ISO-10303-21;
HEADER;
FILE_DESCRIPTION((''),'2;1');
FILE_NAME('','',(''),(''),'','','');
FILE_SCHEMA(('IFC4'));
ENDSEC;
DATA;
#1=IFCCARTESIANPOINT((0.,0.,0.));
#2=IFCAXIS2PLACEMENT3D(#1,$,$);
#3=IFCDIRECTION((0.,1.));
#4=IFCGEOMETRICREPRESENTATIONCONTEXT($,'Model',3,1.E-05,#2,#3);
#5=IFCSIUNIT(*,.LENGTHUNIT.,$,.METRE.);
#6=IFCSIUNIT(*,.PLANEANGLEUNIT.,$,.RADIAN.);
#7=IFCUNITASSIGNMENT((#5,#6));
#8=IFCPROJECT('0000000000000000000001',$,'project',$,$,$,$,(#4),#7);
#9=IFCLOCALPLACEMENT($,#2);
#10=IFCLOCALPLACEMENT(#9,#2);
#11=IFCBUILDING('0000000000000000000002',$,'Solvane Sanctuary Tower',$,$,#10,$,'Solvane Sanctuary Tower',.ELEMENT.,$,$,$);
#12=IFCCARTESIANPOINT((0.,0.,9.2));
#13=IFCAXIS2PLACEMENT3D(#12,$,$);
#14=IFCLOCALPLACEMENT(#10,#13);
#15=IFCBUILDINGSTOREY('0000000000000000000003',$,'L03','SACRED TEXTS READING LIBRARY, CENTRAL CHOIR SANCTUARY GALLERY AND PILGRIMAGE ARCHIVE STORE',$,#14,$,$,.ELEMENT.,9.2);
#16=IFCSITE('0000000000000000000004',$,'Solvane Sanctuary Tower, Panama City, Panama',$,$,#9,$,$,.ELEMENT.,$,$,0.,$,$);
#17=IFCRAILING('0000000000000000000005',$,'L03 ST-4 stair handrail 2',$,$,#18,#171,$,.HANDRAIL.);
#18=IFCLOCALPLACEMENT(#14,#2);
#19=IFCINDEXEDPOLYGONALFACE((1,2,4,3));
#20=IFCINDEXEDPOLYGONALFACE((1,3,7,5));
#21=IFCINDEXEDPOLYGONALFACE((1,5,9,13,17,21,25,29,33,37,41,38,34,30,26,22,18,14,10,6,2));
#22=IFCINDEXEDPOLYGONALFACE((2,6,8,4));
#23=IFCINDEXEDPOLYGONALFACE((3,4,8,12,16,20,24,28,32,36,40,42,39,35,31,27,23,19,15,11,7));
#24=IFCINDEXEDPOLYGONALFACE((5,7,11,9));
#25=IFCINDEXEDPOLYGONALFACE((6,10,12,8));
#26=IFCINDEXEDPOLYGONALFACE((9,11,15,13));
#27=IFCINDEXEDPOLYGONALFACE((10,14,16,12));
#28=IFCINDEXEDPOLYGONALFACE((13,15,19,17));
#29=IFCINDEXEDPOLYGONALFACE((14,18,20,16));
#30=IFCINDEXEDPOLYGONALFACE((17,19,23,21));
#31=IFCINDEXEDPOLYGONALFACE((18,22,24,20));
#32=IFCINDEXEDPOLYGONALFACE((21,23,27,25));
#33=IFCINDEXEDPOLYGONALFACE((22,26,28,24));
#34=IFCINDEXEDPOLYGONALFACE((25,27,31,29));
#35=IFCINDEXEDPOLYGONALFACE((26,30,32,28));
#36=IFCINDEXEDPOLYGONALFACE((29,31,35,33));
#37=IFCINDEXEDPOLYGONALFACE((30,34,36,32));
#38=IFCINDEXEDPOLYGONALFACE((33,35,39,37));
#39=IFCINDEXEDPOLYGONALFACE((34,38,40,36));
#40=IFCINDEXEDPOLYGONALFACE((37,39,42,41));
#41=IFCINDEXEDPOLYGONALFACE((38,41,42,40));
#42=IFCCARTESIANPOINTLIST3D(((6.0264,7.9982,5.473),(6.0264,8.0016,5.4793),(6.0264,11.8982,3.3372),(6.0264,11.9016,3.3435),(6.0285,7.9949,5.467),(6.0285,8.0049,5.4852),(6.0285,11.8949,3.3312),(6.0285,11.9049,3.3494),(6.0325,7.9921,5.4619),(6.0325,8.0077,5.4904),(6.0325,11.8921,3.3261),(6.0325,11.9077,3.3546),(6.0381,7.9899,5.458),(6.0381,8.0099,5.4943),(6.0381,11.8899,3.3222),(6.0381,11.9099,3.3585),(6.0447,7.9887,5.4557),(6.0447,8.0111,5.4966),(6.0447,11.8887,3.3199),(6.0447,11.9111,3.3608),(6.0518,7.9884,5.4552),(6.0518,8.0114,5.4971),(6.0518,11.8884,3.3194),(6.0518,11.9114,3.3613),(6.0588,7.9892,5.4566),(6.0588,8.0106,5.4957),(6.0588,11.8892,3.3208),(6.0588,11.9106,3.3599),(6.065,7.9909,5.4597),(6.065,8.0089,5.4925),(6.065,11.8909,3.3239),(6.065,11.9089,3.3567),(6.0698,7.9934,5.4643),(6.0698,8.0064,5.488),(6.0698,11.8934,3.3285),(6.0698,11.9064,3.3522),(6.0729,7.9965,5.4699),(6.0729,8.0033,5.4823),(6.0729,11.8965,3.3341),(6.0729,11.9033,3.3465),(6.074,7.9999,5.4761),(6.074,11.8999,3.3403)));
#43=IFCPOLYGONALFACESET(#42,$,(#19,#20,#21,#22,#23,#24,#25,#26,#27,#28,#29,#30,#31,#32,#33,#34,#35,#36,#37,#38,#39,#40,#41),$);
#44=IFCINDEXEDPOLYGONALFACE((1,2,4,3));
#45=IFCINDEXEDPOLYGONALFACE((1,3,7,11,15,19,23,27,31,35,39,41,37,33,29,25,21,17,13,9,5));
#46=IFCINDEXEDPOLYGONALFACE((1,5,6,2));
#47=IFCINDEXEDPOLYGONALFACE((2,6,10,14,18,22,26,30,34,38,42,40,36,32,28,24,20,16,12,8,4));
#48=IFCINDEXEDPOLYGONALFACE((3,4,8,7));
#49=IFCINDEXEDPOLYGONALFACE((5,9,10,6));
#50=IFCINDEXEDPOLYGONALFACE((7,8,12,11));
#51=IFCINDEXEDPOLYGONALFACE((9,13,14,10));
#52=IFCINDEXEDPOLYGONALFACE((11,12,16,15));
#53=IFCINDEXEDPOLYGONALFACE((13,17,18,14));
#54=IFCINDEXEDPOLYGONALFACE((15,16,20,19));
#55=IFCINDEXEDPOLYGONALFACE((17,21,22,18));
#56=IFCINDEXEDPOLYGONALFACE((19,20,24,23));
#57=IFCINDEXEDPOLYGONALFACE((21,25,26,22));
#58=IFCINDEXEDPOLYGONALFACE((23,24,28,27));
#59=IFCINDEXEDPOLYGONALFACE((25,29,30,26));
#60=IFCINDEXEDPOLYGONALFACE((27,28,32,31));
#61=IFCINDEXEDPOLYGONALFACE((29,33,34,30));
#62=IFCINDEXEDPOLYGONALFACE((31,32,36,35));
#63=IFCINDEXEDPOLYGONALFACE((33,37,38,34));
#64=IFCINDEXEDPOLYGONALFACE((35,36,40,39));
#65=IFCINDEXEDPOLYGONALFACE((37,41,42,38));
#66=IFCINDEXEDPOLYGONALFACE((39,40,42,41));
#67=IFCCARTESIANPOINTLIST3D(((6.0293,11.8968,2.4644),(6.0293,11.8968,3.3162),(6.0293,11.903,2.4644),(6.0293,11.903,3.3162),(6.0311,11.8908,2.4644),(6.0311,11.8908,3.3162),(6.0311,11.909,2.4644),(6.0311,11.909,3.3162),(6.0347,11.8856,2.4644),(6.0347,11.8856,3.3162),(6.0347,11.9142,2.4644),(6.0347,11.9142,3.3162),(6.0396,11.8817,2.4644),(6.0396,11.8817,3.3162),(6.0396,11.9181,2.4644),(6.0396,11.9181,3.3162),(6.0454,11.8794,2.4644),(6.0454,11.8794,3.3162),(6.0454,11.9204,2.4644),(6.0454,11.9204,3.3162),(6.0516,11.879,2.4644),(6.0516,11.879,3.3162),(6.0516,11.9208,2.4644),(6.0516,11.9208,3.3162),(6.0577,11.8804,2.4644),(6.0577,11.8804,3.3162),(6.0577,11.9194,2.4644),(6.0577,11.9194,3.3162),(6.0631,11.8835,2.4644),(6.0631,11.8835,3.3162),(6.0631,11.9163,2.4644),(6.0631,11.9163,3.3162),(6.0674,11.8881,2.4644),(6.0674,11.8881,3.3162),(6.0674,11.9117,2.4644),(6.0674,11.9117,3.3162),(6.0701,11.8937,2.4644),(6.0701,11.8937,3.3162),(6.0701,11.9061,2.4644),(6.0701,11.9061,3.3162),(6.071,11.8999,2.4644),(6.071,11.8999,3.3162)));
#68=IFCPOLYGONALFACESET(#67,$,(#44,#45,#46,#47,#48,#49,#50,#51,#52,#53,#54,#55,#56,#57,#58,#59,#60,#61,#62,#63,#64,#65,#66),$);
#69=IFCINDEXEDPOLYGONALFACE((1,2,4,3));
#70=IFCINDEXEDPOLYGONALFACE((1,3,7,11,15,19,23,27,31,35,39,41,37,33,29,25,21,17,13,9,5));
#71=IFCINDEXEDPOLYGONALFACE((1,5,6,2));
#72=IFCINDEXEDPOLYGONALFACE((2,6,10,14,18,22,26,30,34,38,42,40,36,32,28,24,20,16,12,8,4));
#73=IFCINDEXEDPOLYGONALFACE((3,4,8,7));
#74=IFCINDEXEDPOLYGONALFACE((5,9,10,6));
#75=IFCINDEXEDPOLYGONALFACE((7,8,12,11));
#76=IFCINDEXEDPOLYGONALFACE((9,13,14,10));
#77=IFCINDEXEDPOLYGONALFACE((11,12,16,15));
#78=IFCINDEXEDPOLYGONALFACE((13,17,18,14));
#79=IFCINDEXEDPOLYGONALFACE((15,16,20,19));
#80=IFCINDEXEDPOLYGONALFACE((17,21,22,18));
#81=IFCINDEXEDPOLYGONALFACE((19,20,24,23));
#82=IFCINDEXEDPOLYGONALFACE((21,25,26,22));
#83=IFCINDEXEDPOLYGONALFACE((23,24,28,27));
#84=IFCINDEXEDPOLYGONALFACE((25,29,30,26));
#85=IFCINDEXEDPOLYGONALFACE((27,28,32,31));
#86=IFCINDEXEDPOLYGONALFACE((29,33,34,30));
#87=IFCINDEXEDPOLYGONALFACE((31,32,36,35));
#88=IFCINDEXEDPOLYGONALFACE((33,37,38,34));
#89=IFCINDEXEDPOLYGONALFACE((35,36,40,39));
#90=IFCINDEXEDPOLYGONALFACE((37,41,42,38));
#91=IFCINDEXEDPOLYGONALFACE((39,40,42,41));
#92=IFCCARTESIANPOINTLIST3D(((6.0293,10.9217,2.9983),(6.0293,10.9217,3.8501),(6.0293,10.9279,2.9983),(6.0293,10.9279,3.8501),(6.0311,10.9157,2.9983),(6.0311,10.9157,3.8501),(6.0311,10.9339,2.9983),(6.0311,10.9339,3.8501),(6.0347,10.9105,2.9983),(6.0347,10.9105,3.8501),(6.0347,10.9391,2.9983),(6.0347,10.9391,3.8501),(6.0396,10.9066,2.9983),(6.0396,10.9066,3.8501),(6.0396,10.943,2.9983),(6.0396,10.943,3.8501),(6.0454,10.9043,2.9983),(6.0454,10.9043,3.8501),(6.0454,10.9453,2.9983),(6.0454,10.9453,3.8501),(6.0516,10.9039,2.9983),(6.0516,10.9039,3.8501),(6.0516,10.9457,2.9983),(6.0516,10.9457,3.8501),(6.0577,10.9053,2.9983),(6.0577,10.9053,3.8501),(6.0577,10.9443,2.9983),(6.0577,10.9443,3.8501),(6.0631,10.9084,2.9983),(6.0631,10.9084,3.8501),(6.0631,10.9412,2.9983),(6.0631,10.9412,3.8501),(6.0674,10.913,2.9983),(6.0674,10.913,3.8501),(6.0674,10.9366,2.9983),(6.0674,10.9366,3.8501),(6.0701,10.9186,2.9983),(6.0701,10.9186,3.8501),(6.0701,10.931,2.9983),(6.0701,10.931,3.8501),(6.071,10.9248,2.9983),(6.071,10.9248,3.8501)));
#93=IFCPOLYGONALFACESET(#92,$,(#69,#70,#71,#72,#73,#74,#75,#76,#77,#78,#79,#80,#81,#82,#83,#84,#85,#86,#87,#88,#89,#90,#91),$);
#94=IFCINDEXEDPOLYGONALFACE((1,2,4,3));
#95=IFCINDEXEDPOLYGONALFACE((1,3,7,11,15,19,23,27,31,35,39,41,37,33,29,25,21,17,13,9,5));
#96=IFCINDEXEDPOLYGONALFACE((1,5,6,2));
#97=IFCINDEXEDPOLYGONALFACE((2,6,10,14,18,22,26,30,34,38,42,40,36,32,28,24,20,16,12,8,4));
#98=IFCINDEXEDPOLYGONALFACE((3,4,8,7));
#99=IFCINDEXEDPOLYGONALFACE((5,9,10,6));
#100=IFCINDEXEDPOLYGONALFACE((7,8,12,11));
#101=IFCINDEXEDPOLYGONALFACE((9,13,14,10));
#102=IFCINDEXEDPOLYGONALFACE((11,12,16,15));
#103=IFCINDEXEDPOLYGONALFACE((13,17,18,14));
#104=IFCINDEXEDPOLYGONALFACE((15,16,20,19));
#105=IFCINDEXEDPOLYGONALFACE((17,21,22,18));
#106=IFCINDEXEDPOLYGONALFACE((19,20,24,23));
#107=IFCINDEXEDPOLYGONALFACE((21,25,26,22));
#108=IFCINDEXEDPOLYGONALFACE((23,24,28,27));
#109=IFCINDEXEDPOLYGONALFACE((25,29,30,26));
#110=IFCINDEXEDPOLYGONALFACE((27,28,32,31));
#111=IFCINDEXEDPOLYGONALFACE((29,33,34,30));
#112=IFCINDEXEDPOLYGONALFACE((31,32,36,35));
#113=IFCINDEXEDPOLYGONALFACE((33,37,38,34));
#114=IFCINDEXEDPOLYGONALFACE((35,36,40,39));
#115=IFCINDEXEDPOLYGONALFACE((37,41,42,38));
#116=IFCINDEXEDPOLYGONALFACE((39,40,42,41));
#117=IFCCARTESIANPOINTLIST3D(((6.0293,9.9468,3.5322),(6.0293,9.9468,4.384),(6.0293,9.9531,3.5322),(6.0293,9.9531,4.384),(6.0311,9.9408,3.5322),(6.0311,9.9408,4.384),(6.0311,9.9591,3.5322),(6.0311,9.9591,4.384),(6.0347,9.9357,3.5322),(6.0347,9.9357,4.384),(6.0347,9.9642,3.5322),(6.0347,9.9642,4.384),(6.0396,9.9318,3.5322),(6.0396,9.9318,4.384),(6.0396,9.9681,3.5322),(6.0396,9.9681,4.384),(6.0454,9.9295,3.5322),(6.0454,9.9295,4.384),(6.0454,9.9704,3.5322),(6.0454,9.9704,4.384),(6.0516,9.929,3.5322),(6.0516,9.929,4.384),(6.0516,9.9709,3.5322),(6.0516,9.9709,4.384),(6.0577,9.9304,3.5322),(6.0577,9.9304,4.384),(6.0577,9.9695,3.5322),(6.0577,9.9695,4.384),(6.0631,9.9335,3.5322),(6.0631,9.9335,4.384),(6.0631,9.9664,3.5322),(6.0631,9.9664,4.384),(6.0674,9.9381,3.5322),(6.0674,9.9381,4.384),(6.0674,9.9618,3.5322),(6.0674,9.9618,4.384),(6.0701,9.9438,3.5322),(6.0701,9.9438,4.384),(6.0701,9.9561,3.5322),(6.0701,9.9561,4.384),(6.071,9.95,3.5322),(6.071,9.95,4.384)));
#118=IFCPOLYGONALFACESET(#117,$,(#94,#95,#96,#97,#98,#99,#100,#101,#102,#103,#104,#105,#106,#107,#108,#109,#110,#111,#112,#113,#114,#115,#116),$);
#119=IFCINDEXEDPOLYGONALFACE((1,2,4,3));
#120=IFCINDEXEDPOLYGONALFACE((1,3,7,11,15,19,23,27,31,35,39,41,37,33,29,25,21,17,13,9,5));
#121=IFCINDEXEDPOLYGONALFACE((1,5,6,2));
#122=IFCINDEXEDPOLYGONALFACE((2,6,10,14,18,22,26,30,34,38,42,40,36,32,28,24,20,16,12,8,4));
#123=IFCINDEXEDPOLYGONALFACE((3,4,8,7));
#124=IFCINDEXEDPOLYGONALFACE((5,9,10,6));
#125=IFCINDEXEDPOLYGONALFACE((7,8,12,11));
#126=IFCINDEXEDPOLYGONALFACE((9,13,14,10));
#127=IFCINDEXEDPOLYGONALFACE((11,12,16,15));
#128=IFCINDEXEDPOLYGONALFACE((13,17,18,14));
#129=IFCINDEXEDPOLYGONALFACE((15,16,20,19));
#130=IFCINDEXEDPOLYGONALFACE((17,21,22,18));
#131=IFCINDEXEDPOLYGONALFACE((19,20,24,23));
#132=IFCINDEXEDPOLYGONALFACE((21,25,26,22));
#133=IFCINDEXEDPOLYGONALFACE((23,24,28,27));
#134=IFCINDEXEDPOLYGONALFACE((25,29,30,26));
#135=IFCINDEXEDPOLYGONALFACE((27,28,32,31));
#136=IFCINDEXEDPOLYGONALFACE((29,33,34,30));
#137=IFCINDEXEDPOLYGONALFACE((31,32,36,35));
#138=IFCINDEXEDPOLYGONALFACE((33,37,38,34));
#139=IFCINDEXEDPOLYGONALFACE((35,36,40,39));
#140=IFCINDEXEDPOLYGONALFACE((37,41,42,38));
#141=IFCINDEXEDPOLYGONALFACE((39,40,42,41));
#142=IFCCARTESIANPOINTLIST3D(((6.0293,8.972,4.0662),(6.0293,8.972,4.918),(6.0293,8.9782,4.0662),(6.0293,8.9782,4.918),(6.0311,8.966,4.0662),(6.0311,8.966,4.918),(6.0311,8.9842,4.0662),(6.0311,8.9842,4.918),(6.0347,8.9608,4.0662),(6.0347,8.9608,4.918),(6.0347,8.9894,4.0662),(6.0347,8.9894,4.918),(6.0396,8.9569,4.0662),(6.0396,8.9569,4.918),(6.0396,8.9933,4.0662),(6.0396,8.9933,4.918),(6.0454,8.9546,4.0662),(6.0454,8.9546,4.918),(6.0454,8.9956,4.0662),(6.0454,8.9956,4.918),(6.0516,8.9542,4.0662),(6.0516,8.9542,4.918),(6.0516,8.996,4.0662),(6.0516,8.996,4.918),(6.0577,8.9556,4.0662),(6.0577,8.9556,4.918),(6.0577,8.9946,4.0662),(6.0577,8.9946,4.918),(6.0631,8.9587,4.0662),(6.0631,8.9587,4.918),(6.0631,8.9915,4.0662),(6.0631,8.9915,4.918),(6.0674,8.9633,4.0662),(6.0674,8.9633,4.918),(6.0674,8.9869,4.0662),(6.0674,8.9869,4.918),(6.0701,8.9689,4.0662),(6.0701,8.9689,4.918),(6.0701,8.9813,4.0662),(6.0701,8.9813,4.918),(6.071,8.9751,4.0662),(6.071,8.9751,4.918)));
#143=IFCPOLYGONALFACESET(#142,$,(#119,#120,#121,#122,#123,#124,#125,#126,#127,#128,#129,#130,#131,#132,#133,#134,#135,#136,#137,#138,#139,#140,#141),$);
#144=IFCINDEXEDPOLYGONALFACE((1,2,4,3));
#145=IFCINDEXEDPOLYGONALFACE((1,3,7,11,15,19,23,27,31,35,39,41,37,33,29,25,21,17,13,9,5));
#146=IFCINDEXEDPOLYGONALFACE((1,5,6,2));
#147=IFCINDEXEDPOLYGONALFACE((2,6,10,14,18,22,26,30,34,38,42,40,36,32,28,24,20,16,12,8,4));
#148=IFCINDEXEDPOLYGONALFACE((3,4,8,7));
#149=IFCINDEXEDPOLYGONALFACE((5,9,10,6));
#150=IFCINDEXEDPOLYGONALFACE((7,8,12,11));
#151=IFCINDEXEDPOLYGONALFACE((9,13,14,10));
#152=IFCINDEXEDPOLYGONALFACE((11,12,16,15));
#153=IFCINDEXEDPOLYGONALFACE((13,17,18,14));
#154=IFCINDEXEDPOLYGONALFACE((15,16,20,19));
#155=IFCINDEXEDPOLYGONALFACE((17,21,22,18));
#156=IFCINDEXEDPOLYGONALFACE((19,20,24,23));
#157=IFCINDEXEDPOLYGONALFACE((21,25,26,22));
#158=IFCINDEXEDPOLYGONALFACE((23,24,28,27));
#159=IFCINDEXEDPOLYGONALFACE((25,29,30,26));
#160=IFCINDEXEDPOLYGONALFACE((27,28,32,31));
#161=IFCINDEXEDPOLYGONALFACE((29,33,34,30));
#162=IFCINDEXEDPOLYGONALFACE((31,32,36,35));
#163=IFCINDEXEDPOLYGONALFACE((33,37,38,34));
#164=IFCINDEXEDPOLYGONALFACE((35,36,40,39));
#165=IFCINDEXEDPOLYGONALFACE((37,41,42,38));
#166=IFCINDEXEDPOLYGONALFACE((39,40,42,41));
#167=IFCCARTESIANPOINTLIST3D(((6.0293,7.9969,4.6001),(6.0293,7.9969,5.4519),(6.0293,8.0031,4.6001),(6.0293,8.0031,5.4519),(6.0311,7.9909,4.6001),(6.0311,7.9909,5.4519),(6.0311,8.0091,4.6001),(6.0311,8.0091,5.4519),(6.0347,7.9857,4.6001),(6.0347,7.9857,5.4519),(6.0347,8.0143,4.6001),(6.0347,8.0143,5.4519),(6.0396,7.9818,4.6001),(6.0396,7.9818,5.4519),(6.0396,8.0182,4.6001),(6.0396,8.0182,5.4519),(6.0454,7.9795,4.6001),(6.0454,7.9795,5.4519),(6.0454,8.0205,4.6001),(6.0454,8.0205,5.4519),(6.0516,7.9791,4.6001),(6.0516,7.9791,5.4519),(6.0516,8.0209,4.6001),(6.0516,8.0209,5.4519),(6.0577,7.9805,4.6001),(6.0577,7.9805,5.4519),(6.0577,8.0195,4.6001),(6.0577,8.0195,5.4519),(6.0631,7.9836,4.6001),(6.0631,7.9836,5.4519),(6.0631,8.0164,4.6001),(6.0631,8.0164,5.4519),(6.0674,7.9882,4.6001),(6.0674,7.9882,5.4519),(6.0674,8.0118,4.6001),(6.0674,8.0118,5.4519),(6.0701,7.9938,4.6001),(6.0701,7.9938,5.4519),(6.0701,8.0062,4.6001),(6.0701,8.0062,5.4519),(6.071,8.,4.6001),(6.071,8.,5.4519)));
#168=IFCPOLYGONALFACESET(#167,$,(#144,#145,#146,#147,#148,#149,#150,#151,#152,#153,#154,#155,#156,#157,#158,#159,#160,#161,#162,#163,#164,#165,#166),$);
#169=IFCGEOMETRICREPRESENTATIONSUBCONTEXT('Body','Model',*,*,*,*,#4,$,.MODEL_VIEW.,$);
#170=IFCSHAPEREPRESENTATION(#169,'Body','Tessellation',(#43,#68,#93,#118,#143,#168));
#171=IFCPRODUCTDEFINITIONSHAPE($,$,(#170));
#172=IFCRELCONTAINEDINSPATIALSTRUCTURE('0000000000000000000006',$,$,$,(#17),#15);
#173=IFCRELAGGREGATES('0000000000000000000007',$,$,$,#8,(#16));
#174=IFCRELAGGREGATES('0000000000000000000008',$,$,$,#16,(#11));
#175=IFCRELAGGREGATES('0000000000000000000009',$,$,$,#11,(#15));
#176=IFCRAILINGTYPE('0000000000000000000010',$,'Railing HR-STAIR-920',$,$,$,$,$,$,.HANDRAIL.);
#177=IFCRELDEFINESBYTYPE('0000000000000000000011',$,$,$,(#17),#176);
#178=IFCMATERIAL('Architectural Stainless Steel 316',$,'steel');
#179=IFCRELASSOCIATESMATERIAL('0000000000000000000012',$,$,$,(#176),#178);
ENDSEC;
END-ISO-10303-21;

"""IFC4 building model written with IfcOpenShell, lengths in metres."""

from ifc_helpers import new_model, si_unit, direction, frame, origin, origin_2d, place, context, subcontext, project, spatial, circle, extrude, material, type_object, element, save


model = new_model("IFC4")

# Units and contexts
model_context = context("Model", 3, precision=1e-05, world=origin(), true_north=direction((0.0, 1.0)))
body_context = subcontext(model_context, "Body", "Model", "MODEL_VIEW")
ifc_project = project(units=[si_unit("LENGTHUNIT", "METRE"), si_unit("PLANEANGLEUNIT", "RADIAN")], contexts=[model_context])

# Site, building, storey
site_placement = place(None, origin())
site = spatial("IfcSite", under=ifc_project, at=site_placement, Name="Solvane Sanctuary Tower, Panama City, Panama", CompositionType="ELEMENT", RefElevation=0.0)
building_placement = place(site_placement, origin())
building = spatial("IfcBuilding", under=site, at=building_placement, Name="Solvane Sanctuary Tower", LongName="Solvane Sanctuary Tower", CompositionType="ELEMENT")
storey_placement = place(building_placement, frame((0.0, 0.0, 9.2)))
storey = spatial("IfcBuildingStorey", under=building, at=storey_placement, Name="L03", Description="SACRED TEXTS READING LIBRARY, CENTRAL CHOIR SANCTUARY GALLERY AND PILGRIMAGE ARCHIVE STORE", CompositionType="ELEMENT", Elevation=9.2)

# Shared definitions
ifc_material_1 = material(Name="Architectural Stainless Steel 316", Category="steel")

# Railing
railing_type_1 = type_object("IfcRailingType", Name="Railing HR-STAIR-920", PredefinedType="HANDRAIL", material=ifc_material_1)
railing_1_placement = place(storey_placement, frame((6.05, 11.8999, 2.4644)))
element("IfcRailing", 1, at=railing_1_placement, inside=storey, type_object=railing_type_1, Name="L03 ST-4 stair handrail 2", PredefinedType="HANDRAIL", context=body_context, shape_type="SweptSolid", body=[
    extrude(circle(Radius=0.0239, at=origin_2d()), frame((0.0, 0.0, 0.876), z_axis=(0.0, -0.877089, 0.480329), x_axis=(1.0, 0.0, 0.0)), (0.0, 0.0, 1.0), 4.4465),
    extrude(circle(Radius=0.021, at=origin_2d()), origin(), (0.0, 0.0, 1.0), 0.8518),
    extrude(circle(Radius=0.021, at=origin_2d()), frame((0.0, -0.9751, 0.5339)), (0.0, 0.0, 1.0), 0.8518),
    extrude(circle(Radius=0.021, at=origin_2d()), frame((0.0, -1.95, 1.0679)), (0.0, 0.0, 1.0), 0.8518),
    extrude(circle(Radius=0.021, at=origin_2d()), frame((0.0, -2.9248, 1.6018)), (0.0, 0.0, 1.0), 0.8518),
    extrude(circle(Radius=0.021, at=origin_2d()), frame((0.0, -3.8999, 2.1357)), (0.0, 0.0, 1.0), 0.8518),
])

save(model, "model.ifc")
